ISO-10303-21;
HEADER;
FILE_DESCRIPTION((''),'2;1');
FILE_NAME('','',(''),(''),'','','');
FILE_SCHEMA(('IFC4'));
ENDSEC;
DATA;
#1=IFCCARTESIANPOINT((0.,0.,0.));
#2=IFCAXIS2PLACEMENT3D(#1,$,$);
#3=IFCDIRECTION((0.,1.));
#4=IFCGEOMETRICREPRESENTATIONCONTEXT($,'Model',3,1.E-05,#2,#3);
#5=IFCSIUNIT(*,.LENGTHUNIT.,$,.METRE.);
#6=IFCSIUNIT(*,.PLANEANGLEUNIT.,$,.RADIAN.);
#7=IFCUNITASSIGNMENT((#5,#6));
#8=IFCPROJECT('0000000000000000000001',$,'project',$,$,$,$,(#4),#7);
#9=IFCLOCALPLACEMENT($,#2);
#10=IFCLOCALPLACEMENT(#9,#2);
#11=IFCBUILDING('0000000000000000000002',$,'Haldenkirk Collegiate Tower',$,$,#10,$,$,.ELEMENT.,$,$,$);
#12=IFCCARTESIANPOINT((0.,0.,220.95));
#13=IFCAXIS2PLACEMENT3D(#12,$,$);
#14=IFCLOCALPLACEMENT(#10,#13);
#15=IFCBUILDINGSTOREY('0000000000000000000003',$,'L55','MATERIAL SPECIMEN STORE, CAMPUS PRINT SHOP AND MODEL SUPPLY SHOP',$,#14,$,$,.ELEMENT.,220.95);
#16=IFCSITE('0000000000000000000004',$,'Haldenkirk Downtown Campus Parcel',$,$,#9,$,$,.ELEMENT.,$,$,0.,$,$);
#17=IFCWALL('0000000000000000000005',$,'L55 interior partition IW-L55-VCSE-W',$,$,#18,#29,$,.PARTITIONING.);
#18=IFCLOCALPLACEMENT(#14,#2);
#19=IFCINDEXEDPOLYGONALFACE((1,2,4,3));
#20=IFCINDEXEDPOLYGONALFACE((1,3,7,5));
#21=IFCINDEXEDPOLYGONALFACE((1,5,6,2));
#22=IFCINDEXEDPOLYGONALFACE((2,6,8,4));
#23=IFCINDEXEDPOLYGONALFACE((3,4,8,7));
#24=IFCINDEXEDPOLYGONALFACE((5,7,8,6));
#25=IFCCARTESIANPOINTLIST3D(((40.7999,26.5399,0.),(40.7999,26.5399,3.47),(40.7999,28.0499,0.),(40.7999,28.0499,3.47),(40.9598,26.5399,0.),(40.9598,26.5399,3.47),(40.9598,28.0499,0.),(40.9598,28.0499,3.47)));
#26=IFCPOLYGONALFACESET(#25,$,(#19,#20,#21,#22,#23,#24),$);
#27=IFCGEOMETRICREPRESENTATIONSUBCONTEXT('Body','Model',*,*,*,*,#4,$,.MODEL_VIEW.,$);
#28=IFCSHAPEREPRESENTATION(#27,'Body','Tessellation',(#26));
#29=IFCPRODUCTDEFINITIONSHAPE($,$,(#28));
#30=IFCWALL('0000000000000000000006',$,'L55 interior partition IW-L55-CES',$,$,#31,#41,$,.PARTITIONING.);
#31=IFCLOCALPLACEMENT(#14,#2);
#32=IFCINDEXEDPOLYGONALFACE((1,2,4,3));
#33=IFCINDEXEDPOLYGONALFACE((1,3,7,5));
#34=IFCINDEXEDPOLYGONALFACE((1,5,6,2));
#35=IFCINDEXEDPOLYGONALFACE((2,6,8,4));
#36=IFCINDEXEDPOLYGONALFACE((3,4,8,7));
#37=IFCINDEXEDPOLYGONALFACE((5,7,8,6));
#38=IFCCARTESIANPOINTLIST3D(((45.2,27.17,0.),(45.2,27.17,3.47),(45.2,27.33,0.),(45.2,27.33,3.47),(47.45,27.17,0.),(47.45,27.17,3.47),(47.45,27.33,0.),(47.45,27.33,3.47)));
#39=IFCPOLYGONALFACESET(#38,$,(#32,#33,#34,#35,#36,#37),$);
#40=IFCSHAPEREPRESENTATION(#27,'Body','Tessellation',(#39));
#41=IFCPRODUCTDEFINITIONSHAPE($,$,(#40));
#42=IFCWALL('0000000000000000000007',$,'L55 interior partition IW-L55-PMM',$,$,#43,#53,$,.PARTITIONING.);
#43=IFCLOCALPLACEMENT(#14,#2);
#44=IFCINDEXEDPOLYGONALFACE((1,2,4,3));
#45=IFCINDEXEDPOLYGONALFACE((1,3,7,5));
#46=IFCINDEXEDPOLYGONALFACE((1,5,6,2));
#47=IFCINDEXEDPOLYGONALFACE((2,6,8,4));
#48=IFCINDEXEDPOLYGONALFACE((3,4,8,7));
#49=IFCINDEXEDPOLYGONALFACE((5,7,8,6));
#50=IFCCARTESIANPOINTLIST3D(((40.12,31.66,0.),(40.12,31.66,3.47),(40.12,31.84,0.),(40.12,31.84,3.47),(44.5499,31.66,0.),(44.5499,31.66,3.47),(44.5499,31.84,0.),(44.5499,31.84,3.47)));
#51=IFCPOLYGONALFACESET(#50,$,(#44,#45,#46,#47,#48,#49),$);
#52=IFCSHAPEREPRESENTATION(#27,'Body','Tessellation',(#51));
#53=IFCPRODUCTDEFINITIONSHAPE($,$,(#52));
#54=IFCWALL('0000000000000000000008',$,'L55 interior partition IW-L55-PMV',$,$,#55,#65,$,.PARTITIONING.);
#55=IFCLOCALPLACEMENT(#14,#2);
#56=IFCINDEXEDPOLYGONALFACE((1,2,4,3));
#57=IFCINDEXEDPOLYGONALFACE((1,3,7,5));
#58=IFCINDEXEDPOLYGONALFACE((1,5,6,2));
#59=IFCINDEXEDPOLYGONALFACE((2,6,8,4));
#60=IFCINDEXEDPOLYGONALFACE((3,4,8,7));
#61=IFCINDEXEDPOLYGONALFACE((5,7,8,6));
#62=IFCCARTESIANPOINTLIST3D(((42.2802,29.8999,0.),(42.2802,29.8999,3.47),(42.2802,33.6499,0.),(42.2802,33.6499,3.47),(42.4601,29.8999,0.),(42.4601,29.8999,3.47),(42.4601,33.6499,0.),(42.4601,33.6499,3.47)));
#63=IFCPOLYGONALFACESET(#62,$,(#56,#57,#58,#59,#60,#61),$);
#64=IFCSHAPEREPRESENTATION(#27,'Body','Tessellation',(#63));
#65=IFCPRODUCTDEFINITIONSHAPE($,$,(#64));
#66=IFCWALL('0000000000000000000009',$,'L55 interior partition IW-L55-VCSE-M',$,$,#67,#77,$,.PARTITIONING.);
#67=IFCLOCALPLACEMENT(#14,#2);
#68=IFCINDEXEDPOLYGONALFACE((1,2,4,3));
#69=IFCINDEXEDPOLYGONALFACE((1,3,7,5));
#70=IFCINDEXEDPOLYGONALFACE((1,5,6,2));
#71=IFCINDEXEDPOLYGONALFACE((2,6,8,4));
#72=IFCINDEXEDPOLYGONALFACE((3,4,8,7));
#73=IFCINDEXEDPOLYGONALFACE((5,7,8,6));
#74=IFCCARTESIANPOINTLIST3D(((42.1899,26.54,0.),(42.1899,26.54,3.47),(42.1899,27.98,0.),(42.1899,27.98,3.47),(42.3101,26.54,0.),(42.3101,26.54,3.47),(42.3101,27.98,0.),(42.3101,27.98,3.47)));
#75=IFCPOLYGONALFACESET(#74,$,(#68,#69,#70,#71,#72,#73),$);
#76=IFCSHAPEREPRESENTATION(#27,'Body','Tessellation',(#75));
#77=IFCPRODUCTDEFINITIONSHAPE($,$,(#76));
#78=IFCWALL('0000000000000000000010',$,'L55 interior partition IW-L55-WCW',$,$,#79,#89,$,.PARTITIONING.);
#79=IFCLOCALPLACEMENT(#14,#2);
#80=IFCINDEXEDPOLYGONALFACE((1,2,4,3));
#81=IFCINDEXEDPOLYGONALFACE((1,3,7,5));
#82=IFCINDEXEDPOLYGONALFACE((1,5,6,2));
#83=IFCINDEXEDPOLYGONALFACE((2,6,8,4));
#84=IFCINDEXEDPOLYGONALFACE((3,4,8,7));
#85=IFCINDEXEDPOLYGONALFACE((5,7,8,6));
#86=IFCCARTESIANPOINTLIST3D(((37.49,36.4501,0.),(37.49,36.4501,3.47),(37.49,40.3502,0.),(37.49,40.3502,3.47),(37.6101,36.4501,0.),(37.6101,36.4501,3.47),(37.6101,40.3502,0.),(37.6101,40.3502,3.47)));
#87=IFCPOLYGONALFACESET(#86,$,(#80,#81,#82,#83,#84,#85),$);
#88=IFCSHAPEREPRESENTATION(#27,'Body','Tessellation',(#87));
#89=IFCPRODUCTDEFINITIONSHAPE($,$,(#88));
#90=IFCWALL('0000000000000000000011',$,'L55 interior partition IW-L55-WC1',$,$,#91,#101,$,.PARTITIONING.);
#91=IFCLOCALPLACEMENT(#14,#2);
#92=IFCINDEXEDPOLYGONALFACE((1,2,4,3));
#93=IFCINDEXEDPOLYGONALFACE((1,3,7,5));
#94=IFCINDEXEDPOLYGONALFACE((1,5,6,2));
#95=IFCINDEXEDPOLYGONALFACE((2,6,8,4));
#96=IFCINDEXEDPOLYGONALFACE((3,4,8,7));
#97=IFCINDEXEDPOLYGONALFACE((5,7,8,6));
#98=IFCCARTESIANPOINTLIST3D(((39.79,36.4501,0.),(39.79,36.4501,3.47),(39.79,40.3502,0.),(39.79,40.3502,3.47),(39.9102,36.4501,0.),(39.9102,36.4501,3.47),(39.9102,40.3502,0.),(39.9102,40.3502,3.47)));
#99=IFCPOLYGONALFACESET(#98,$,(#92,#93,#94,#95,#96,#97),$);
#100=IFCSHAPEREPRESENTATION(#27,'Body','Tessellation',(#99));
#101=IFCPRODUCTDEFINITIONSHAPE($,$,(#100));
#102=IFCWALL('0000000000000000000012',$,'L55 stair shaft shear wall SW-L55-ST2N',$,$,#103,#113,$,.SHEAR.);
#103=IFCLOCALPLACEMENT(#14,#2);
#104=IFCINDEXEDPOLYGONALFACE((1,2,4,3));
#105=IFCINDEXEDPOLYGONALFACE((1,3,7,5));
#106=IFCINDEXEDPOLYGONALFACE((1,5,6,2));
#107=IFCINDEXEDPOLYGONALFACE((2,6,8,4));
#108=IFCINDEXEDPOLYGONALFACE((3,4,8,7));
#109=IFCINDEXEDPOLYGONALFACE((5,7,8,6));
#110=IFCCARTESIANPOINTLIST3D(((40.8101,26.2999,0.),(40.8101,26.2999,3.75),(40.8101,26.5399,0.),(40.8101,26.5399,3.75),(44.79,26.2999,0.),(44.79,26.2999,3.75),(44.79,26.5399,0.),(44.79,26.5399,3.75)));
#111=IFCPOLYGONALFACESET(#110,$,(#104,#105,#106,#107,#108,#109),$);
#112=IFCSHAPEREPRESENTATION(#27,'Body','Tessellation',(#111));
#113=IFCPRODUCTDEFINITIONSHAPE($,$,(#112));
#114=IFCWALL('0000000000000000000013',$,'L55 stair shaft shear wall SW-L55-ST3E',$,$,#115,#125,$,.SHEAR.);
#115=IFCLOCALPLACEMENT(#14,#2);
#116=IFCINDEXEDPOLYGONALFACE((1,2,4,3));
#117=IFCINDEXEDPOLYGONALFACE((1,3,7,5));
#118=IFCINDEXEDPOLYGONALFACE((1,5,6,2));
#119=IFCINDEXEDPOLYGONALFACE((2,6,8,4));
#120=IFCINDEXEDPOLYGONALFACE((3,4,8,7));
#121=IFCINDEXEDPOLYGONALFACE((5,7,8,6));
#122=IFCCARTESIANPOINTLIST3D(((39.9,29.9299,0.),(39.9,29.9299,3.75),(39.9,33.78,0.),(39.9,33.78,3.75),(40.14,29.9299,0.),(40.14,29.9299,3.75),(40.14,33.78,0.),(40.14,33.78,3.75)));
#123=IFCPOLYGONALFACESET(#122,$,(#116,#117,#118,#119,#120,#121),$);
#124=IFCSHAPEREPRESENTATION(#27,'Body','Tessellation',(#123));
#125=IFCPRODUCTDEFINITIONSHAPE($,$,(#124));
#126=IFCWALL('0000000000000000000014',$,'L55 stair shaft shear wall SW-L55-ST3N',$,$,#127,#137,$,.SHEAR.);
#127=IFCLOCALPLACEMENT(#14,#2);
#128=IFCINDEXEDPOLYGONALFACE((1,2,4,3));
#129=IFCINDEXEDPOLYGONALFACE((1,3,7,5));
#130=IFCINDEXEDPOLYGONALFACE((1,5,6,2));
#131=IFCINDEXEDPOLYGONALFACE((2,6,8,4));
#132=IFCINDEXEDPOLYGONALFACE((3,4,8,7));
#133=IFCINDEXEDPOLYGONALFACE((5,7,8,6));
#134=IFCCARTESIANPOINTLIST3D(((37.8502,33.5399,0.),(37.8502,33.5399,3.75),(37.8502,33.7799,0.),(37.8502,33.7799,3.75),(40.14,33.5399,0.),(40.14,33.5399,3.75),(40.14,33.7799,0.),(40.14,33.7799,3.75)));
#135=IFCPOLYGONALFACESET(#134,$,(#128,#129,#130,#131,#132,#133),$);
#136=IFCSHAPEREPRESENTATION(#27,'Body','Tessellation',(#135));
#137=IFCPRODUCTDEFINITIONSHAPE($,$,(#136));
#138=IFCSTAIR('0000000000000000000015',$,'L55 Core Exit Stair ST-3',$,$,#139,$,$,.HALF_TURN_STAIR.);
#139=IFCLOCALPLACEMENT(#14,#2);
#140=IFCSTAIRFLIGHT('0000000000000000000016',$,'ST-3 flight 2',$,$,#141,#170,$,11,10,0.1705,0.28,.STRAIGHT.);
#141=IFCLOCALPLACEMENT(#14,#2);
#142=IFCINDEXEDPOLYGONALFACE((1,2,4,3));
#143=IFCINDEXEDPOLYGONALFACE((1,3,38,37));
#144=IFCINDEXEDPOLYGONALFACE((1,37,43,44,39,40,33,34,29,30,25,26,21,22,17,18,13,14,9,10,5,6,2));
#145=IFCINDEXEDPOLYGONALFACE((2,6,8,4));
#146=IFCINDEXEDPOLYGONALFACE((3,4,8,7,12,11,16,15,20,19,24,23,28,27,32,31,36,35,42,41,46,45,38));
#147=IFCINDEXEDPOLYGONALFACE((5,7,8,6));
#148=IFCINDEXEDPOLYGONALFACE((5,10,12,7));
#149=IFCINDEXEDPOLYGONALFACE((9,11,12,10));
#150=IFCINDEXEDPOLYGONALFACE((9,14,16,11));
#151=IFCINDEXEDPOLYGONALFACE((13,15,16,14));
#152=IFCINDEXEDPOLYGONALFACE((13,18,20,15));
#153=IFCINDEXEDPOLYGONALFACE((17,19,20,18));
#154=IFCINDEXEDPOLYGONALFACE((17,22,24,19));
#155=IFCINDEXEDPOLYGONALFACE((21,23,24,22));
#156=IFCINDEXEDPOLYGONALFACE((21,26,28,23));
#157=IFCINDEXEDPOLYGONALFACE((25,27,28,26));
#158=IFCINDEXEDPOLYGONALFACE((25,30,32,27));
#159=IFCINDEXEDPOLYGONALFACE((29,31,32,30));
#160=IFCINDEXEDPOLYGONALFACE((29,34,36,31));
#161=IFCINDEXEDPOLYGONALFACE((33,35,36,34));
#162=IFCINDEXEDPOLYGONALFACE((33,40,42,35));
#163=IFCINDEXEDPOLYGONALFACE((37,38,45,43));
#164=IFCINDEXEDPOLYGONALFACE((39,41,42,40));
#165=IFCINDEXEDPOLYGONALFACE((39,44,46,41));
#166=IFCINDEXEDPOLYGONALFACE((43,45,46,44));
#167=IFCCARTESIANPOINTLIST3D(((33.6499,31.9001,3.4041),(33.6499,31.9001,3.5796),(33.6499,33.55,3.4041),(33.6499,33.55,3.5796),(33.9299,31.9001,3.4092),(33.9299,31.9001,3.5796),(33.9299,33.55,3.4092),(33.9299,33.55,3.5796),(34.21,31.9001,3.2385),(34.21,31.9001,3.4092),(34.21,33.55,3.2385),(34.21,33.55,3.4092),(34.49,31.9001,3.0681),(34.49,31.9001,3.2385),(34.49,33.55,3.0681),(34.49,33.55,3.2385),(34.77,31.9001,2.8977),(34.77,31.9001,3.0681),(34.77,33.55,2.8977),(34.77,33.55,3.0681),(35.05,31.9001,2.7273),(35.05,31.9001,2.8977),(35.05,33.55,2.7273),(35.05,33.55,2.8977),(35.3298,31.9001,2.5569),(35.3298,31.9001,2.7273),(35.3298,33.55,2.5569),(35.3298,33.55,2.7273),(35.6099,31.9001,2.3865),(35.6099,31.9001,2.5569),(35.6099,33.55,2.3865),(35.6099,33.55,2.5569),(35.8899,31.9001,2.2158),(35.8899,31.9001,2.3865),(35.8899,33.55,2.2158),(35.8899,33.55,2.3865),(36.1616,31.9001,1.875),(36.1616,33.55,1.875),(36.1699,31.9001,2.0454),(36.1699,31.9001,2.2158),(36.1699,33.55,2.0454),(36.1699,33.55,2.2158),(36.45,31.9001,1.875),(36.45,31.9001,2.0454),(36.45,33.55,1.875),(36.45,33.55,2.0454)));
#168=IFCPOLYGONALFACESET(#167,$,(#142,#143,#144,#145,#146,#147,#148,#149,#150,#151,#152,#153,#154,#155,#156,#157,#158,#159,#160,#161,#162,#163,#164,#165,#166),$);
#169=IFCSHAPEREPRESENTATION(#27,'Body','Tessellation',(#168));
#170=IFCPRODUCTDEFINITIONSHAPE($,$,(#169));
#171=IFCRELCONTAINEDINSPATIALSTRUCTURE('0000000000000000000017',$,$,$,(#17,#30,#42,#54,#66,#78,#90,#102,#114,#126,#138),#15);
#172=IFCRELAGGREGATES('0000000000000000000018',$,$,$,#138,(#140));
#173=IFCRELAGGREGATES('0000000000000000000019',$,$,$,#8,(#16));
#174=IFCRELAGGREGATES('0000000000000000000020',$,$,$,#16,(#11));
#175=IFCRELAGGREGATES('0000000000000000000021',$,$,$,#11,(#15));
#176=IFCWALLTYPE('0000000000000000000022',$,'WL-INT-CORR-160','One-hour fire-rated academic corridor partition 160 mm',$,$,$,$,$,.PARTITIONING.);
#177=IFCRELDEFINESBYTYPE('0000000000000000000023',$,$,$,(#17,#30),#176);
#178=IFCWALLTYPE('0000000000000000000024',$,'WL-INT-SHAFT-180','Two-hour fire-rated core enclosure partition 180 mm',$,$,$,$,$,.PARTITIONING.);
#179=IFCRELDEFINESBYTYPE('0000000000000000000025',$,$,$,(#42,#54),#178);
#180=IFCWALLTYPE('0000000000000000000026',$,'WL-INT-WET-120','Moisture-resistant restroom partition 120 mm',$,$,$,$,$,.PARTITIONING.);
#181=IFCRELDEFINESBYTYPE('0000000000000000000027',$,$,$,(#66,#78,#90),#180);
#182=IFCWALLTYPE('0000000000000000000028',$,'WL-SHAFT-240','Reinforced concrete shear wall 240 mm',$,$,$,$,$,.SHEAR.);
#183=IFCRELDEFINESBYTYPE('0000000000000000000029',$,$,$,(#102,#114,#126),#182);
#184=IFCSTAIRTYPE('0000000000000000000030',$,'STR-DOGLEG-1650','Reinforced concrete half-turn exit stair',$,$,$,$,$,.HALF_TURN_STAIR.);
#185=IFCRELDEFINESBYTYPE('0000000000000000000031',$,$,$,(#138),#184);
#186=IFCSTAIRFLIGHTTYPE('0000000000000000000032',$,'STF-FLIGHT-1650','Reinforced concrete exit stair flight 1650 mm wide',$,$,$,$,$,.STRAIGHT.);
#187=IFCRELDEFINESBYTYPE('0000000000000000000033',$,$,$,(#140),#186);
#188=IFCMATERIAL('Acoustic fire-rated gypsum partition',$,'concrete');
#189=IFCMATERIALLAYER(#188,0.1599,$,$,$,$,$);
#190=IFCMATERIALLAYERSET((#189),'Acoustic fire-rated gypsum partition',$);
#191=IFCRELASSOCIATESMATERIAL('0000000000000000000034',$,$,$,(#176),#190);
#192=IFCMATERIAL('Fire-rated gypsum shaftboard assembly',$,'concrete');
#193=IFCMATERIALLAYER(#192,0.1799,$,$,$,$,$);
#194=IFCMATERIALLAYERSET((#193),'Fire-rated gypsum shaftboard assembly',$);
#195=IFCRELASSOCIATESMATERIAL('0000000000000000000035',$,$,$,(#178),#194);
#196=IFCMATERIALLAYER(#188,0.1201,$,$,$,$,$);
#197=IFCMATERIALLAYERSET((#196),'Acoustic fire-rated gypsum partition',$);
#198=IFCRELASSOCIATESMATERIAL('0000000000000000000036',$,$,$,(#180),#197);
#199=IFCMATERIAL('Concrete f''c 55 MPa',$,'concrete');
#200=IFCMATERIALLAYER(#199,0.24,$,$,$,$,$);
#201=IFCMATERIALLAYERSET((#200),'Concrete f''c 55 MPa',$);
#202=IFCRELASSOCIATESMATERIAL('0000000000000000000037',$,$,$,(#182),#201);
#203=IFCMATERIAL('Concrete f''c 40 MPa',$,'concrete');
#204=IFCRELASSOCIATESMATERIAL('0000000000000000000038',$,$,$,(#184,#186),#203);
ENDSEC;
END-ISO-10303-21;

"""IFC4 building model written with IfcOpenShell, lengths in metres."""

from ifc_helpers import new_model, si_unit, direction, frame, frame_2d, origin, place, context, subcontext, project, spatial, polyline, rectangle, outline, extrude, material, layer, layer_set, type_object, element, aggregate, save


model = new_model("IFC4")

# Units and contexts
model_context = context("Model", 3, precision=1e-05, world=origin(), true_north=direction((0.0, 1.0)))
body_context = subcontext(model_context, "Body", "Model", "MODEL_VIEW")
ifc_project = project(units=[si_unit("LENGTHUNIT", "METRE"), si_unit("PLANEANGLEUNIT", "RADIAN")], contexts=[model_context])

# Site, building, storey
site_placement = place(None, origin())
site = spatial("IfcSite", under=ifc_project, at=site_placement, Name="Haldenkirk Downtown Campus Parcel", CompositionType="ELEMENT", RefElevation=0.0)
building_placement = place(site_placement, origin())
building = spatial("IfcBuilding", under=site, at=building_placement, Name="Haldenkirk Collegiate Tower", CompositionType="ELEMENT")
storey_placement = place(building_placement, frame((0.0, 0.0, 220.95)))
storey = spatial("IfcBuildingStorey", under=building, at=storey_placement, Name="L55", Description="MATERIAL SPECIMEN STORE, CAMPUS PRINT SHOP AND MODEL SUPPLY SHOP", CompositionType="ELEMENT", Elevation=220.95)

# Shared definitions
ifc_material_1 = material(Name="Acoustic fire-rated gypsum partition", Category="concrete")
ifc_layer_1 = layer(ifc_material_1, 0.1599)
ifc_layer_set_1 = layer_set([ifc_layer_1], Name="Acoustic fire-rated gypsum partition")
wall_type_1 = type_object("IfcWallType", Name="WL-INT-CORR-160", Description="One-hour fire-rated academic corridor partition 160 mm", PredefinedType="PARTITIONING", material=ifc_layer_set_1)

# Walls
wall_1_placement = place(storey_placement, frame((40.8799, 26.54, 0.0), z_axis=(0.0, 0.0, 1.0), x_axis=(0.0, 1.0, 0.0)))
element("IfcWall", 1, at=wall_1_placement, inside=storey, type_object=wall_type_1, Name="L55 interior partition IW-L55-VCSE-W", PredefinedType="PARTITIONING", context=body_context, shape_type="SweptSolid", body=[
    extrude(rectangle(XDim=1.51, YDim=0.1599, at=frame_2d((0.7549, 0.0))), origin(), (0.0, 0.0, 1.0), 3.47),
])
wall_2_placement = place(storey_placement, frame((45.2, 27.25, 0.0), z_axis=(0.0, 0.0, 1.0), x_axis=(1.0, 0.0, 0.0)))
element("IfcWall", 2, at=wall_2_placement, inside=storey, type_object=wall_type_1, Name="L55 interior partition IW-L55-CES", PredefinedType="PARTITIONING", context=body_context, shape_type="SweptSolid", body=[
    extrude(rectangle(XDim=2.25, YDim=0.1599, at=frame_2d((1.125, 0.0))), origin(), (0.0, 0.0, 1.0), 3.47),
])

# Shared definitions
ifc_material_2 = material(Name="Fire-rated gypsum shaftboard assembly", Category="concrete")
ifc_layer_2 = layer(ifc_material_2, 0.1799)
ifc_layer_set_2 = layer_set([ifc_layer_2], Name="Fire-rated gypsum shaftboard assembly")
wall_type_2 = type_object("IfcWallType", Name="WL-INT-SHAFT-180", Description="Two-hour fire-rated core enclosure partition 180 mm", PredefinedType="PARTITIONING", material=ifc_layer_set_2)

# Walls
wall_3_placement = place(storey_placement, frame((40.1201, 31.75, 0.0), z_axis=(0.0, 0.0, 1.0), x_axis=(1.0, 0.0, 0.0)))
element("IfcWall", 3, at=wall_3_placement, inside=storey, type_object=wall_type_2, Name="L55 interior partition IW-L55-PMM", PredefinedType="PARTITIONING", context=body_context, shape_type="SweptSolid", body=[
    extrude(rectangle(XDim=4.4299, YDim=0.1799, at=frame_2d((2.2148, 0.0))), origin(), (0.0, 0.0, 1.0), 3.47),
])
wall_4_placement = place(storey_placement, frame((42.3701, 29.8999, 0.0), z_axis=(0.0, 0.0, 1.0), x_axis=(0.0, 1.0, 0.0)))
element("IfcWall", 4, at=wall_4_placement, inside=storey, type_object=wall_type_2, Name="L55 interior partition IW-L55-PMV", PredefinedType="PARTITIONING", context=body_context, shape_type="SweptSolid", body=[
    extrude(rectangle(XDim=3.75, YDim=0.1799, at=frame_2d((1.875, 0.0))), origin(), (0.0, 0.0, 1.0), 3.47),
])
ifc_layer_3 = layer(ifc_material_1, 0.1201)
ifc_layer_set_3 = layer_set([ifc_layer_3], Name="Acoustic fire-rated gypsum partition")
wall_type_3 = type_object("IfcWallType", Name="WL-INT-WET-120", Description="Moisture-resistant restroom partition 120 mm", PredefinedType="PARTITIONING", material=ifc_layer_set_3)
wall_5_placement = place(storey_placement, frame((42.25, 26.54, 0.0), z_axis=(0.0, 0.0, 1.0), x_axis=(0.0, 1.0, 0.0)))
element("IfcWall", 5, at=wall_5_placement, inside=storey, type_object=wall_type_3, Name="L55 interior partition IW-L55-VCSE-M", PredefinedType="PARTITIONING", context=body_context, shape_type="SweptSolid", body=[
    extrude(rectangle(XDim=1.4399, YDim=0.1201, at=frame_2d((0.72, 0.0))), origin(), (0.0, 0.0, 1.0), 3.47),
])
for number, where, z_axis, x_axis, name in (
    (6, (37.55, 36.45, 0.0), (0.0, 0.0, 1.0), (0.0, 1.0, 0.0), "L55 interior partition IW-L55-WCW"),
    (7, (39.8501, 36.45, 0.0), (0.0, 0.0, 1.0), (0.0, 1.0, 0.0), "L55 interior partition IW-L55-WC1"),
):
    element("IfcWall", number, at=place(storey_placement, frame(where, z_axis=z_axis, x_axis=x_axis)), inside=storey, type_object=wall_type_3, Name=name, PredefinedType="PARTITIONING", context=body_context, shape_type="SweptSolid", body=[
        extrude(rectangle(XDim=3.9001, YDim=0.1201, at=frame_2d((1.9502, 0.0))), origin(), (0.0, 0.0, 1.0), 3.47),
    ])
ifc_material_3 = material(Name="Concrete f'c 55 MPa", Category="concrete")
ifc_layer_4 = layer(ifc_material_3, 0.24)
ifc_layer_set_4 = layer_set([ifc_layer_4], Name="Concrete f'c 55 MPa")
wall_type_4 = type_object("IfcWallType", Name="WL-SHAFT-240", Description="Reinforced concrete shear wall 240 mm", PredefinedType="SHEAR", material=ifc_layer_set_4)
wall_6_placement = place(storey_placement, frame((40.8101, 26.4199, 0.0), z_axis=(0.0, 0.0, 1.0), x_axis=(1.0, 0.0, 0.0)))
element("IfcWall", 8, at=wall_6_placement, inside=storey, type_object=wall_type_4, Name="L55 stair shaft shear wall SW-L55-ST2N", PredefinedType="SHEAR", context=body_context, shape_type="SweptSolid", body=[
    extrude(rectangle(XDim=3.98, YDim=0.24, at=frame_2d((1.99, 0.0))), origin(), (0.0, 0.0, 1.0), 3.75),
])
wall_7_placement = place(storey_placement, frame((40.02, 29.9299, 0.0), z_axis=(0.0, 0.0, 1.0), x_axis=(0.0, 1.0, 0.0)))
element("IfcWall", 9, at=wall_7_placement, inside=storey, type_object=wall_type_4, Name="L55 stair shaft shear wall SW-L55-ST3E", PredefinedType="SHEAR", context=body_context, shape_type="SweptSolid", body=[
    extrude(rectangle(XDim=3.8501, YDim=0.24, at=frame_2d((1.925, 0.0))), origin(), (0.0, 0.0, 1.0), 3.75),
])
wall_8_placement = place(storey_placement, frame((37.8501, 33.6599, 0.0), z_axis=(0.0, 0.0, 1.0), x_axis=(1.0, 0.0, 0.0)))
element("IfcWall", 10, at=wall_8_placement, inside=storey, type_object=wall_type_4, Name="L55 stair shaft shear wall SW-L55-ST3N", PredefinedType="SHEAR", context=body_context, shape_type="SweptSolid", body=[
    extrude(rectangle(XDim=2.2898, YDim=0.24, at=frame_2d((1.145, 0.0))), origin(), (0.0, 0.0, 1.0), 3.75),
])

# Stair, stair flight
ifc_material_4 = material(Name="Concrete f'c 40 MPa", Category="concrete")
stair_type = type_object("IfcStairType", Name="STR-DOGLEG-1650", Description="Reinforced concrete half-turn exit stair", PredefinedType="HALF_TURN_STAIR", material=ifc_material_4)
stair_placement = place(storey_placement, origin())
stair = element("IfcStair", 11, at=stair_placement, inside=storey, type_object=stair_type, Name="L55 Core Exit Stair ST-3", PredefinedType="HALF_TURN_STAIR")
stair_flight_type = type_object("IfcStairFlightType", Name="STF-FLIGHT-1650", Description="Reinforced concrete exit stair flight 1650 mm wide", PredefinedType="STRAIGHT", material=ifc_material_4)
stair_flight_placement = place(storey_placement, frame((36.45, 32.7251, 1.875), z_axis=(0.0, 0.0, 1.0), x_axis=(-1.0, 0.0, 0.0)))
stair_flight = element("IfcStairFlight", 12, at=stair_flight_placement, type_object=stair_flight_type, Name="ST-3 flight 2", NumberOfRisers=11, NumberOfTreads=10, PredefinedType="STRAIGHT", RiserHeight=0.1705, TreadLength=0.28, context=body_context, shape_type="SweptSolid", body=[
    extrude(outline(polyline([(0.0, 0.0), (0.0, 0.1704), (0.28, 0.1704), (0.28, 0.3408), (0.5601, 0.3408), (0.5601, 0.5115), (0.8401, 0.5115), (0.8401, 0.6819), (1.1201, 0.6819), (1.1201, 0.8523), (1.3999, 0.8523), (1.3999, 1.0227), (1.6799, 1.0227), (1.6799, 1.1931), (1.96, 1.1931), (1.96, 1.3635), (2.24, 1.3635), (2.24, 1.5342), (2.52, 1.5342), (2.52, 1.7046), (2.8, 1.7046), (2.8, 1.875), (2.8, 1.5291), (0.2883, 0.0), (0.0, 0.0)])), frame((0.0, 0.825, 0.0), z_axis=(0.0, -1.0, 0.0), x_axis=(1.0, 0.0, 0.0)), (0.0, 0.0, 1.0), 1.6499),
])
aggregate(stair, [stair_flight])

save(model, "model.ifc")
